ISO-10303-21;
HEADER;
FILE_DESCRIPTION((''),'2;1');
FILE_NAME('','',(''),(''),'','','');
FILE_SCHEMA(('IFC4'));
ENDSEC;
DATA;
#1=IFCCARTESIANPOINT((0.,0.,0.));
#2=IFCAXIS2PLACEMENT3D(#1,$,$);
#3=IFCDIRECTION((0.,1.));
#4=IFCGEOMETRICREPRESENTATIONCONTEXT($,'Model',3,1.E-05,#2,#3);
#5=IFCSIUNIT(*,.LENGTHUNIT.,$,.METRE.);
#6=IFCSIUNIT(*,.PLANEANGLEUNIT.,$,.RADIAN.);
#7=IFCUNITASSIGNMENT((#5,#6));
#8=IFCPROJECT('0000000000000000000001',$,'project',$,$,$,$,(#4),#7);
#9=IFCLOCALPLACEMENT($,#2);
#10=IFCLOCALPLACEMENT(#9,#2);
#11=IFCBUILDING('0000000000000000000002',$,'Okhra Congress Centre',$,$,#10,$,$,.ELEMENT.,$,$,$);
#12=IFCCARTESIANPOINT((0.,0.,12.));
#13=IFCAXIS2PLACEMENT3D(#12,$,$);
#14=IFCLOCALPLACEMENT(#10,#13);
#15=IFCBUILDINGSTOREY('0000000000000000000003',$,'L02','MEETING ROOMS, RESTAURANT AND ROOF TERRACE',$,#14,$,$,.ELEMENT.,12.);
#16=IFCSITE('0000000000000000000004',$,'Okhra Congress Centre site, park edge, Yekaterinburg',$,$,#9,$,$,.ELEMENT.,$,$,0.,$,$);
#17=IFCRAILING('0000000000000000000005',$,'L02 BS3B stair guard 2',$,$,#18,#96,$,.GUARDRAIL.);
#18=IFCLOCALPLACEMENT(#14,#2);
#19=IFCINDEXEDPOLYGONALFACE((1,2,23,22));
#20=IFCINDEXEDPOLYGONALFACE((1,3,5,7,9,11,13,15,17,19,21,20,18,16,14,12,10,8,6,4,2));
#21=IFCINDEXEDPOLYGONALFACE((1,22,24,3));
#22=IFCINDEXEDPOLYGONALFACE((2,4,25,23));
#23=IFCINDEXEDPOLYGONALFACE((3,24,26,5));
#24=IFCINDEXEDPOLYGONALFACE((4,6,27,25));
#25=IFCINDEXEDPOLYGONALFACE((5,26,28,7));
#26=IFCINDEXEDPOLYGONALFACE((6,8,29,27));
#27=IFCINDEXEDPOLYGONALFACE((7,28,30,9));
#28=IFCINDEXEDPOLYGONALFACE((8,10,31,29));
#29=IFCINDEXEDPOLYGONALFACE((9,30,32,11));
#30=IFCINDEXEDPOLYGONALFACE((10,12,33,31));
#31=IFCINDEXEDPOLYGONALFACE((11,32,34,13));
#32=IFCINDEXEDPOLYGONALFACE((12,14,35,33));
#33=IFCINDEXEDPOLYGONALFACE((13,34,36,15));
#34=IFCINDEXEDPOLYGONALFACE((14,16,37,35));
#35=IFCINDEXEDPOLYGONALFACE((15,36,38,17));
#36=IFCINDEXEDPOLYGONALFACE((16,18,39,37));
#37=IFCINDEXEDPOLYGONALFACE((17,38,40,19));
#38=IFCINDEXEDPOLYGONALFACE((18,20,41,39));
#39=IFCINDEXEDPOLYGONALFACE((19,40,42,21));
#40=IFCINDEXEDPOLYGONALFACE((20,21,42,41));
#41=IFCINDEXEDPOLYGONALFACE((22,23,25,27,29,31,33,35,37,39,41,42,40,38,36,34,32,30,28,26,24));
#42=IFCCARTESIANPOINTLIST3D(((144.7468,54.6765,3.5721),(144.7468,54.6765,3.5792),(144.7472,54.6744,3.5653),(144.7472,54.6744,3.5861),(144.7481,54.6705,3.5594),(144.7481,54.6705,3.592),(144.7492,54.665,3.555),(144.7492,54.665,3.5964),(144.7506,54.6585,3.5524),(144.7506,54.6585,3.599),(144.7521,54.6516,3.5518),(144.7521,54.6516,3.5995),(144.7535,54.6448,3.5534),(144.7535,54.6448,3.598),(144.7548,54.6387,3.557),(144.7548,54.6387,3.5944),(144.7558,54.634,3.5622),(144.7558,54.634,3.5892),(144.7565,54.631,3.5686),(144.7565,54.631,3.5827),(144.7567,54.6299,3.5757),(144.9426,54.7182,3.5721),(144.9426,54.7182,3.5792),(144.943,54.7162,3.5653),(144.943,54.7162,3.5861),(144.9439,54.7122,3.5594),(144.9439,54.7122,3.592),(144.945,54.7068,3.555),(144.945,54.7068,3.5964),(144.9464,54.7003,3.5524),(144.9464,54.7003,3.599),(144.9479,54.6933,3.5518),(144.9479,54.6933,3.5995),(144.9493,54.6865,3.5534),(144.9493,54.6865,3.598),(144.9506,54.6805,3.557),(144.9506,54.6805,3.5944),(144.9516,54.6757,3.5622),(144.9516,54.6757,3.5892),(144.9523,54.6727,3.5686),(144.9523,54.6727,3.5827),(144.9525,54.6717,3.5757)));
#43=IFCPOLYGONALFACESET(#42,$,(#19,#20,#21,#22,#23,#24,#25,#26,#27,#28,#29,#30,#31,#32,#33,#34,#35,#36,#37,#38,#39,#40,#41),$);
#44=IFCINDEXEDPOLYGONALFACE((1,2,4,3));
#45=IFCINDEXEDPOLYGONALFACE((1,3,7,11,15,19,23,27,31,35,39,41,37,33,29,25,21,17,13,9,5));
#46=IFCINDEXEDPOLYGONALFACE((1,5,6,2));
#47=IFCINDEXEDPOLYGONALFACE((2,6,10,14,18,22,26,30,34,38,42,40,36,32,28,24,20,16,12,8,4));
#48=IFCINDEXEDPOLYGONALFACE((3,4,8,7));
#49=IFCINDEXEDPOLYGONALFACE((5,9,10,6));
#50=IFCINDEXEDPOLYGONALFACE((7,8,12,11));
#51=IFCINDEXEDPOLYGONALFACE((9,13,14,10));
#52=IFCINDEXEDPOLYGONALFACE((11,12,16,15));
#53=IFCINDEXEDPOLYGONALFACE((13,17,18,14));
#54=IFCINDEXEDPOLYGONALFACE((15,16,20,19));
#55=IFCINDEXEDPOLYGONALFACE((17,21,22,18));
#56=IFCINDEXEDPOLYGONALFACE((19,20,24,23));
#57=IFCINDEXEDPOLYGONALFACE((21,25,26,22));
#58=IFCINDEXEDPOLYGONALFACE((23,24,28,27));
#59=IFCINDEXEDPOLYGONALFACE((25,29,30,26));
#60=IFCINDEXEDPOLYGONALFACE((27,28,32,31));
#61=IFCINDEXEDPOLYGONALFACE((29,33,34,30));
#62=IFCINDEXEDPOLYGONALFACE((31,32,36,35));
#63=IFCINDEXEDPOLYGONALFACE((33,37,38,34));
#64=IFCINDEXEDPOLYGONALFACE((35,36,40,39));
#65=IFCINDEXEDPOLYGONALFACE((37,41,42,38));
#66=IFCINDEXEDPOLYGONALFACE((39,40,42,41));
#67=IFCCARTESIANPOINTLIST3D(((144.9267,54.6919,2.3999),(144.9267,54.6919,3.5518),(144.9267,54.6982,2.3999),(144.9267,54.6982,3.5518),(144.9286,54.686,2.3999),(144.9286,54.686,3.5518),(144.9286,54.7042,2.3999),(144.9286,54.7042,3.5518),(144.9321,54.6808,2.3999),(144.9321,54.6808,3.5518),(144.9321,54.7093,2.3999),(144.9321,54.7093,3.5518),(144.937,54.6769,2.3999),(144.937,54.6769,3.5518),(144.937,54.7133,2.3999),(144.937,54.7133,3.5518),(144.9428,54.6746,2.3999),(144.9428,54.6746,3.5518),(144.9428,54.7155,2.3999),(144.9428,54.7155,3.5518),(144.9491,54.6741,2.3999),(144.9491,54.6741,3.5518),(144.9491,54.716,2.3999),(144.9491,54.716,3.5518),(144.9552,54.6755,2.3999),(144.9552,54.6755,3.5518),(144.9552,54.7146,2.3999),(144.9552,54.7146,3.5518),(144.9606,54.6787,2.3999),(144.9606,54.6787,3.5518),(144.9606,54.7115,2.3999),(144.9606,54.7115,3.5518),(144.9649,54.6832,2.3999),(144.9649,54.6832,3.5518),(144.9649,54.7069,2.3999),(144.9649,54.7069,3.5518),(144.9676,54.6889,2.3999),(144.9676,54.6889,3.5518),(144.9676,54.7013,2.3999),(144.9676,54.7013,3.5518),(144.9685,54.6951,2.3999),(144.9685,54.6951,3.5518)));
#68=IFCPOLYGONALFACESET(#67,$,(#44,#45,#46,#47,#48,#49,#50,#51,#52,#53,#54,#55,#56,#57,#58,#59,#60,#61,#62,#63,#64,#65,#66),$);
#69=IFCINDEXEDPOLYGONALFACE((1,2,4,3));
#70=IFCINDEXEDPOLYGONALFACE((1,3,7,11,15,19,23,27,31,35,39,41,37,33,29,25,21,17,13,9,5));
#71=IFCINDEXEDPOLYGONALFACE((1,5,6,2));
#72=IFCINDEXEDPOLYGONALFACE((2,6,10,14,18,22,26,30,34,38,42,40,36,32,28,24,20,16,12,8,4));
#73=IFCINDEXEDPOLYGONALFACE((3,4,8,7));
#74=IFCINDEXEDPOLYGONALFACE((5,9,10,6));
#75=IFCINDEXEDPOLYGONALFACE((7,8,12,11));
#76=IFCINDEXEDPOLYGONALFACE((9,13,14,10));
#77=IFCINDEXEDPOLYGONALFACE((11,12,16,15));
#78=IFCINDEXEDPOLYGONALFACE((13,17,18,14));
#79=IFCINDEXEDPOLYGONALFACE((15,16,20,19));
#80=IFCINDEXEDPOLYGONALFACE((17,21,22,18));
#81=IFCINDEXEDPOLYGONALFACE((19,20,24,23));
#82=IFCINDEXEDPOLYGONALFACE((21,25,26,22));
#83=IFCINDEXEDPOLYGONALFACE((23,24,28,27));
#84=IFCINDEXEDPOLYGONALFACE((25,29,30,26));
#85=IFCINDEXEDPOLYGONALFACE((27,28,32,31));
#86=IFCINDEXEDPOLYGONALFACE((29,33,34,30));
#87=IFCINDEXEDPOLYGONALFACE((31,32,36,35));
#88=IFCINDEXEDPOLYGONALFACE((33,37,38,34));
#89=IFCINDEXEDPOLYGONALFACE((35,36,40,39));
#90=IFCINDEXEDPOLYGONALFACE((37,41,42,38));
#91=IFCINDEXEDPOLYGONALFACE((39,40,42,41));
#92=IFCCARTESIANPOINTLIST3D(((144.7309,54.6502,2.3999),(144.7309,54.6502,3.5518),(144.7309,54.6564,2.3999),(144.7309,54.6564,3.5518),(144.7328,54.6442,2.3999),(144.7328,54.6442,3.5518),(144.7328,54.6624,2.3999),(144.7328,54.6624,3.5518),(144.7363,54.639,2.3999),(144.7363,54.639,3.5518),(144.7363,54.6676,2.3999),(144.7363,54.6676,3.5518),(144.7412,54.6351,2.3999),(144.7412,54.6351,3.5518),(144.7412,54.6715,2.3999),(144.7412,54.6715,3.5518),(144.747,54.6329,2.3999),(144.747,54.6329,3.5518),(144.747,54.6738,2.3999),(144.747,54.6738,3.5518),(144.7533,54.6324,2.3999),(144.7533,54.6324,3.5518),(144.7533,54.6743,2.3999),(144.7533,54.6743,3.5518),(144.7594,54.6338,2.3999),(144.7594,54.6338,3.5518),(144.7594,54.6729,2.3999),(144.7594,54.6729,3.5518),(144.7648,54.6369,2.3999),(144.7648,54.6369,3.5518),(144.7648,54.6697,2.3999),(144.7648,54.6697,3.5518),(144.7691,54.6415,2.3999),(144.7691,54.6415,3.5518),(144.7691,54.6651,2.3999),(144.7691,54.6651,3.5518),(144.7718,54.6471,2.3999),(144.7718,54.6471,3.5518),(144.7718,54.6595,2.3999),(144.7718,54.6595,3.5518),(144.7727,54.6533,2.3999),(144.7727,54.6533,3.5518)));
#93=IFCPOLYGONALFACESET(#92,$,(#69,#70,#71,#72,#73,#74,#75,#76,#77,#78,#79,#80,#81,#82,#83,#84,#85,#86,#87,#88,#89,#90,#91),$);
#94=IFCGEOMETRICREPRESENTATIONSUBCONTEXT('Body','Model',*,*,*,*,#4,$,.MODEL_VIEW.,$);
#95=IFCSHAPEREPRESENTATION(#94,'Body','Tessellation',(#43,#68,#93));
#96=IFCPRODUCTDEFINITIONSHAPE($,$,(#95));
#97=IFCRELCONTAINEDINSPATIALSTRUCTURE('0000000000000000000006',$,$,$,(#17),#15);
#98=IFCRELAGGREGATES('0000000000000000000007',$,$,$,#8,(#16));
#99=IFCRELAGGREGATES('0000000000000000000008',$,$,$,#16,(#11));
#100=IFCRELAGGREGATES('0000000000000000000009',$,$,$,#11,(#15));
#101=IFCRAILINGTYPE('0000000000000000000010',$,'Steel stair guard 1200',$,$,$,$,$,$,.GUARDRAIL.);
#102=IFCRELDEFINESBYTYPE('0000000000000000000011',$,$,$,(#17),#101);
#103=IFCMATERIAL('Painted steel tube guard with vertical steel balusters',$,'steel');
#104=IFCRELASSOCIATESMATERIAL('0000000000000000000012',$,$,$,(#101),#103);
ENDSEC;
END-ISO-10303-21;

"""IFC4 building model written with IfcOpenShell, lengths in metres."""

from ifc_helpers import new_model, si_unit, direction, frame, origin, origin_2d, place, context, subcontext, project, spatial, circle, extrude, material, type_object, element, save


model = new_model("IFC4")

# Units and contexts
model_context = context("Model", 3, precision=1e-05, world=origin(), true_north=direction((0.0, 1.0)))
body_context = subcontext(model_context, "Body", "Model", "MODEL_VIEW")
ifc_project = project(units=[si_unit("LENGTHUNIT", "METRE"), si_unit("PLANEANGLEUNIT", "RADIAN")], contexts=[model_context])

# Site, building, storey
site_placement = place(None, origin())
site = spatial("IfcSite", under=ifc_project, at=site_placement, Name="Okhra Congress Centre site, park edge, Yekaterinburg", CompositionType="ELEMENT", RefElevation=0.0)
building_placement = place(site_placement, origin())
building = spatial("IfcBuilding", under=site, at=building_placement, Name="Okhra Congress Centre", CompositionType="ELEMENT")
storey_placement = place(building_placement, frame((0.0, 0.0, 12.0)))
storey = spatial("IfcBuildingStorey", under=building, at=storey_placement, Name="L02", Description="MEETING ROOMS, RESTAURANT AND ROOF TERRACE", CompositionType="ELEMENT", Elevation=12.0)

# Railing
ifc_material_1 = material(Name="Painted steel tube guard with vertical steel balusters", Category="steel")
railing_type_1 = type_object("IfcRailingType", Name="Steel stair guard 1200", PredefinedType="GUARDRAIL", material=ifc_material_1)
railing_1_placement = place(storey_placement, frame((144.9475, 54.6951, 2.3999)))
element("IfcRailing", 1, at=railing_1_placement, inside=storey, type_object=railing_type_1, Name="L02 BS3B stair guard 2", PredefinedType="GUARDRAIL", context=body_context, shape_type="SweptSolid", body=[
    extrude(circle(Radius=0.0239, at=origin_2d()), frame((0.0, 0.0, 1.1758), z_axis=(-0.978016, -0.20853, 0.0), x_axis=(0.20853, -0.978016, 0.0)), (0.0, 0.0, 1.0), 0.2002),
    extrude(circle(Radius=0.021, at=origin_2d()), origin(), (0.0, 0.0, 1.0), 1.1519),
    extrude(circle(Radius=0.021, at=origin_2d()), frame((-0.1958, -0.0417, 0.0)), (0.0, 0.0, 1.0), 1.1519),
])

save(model, "model.ifc")
